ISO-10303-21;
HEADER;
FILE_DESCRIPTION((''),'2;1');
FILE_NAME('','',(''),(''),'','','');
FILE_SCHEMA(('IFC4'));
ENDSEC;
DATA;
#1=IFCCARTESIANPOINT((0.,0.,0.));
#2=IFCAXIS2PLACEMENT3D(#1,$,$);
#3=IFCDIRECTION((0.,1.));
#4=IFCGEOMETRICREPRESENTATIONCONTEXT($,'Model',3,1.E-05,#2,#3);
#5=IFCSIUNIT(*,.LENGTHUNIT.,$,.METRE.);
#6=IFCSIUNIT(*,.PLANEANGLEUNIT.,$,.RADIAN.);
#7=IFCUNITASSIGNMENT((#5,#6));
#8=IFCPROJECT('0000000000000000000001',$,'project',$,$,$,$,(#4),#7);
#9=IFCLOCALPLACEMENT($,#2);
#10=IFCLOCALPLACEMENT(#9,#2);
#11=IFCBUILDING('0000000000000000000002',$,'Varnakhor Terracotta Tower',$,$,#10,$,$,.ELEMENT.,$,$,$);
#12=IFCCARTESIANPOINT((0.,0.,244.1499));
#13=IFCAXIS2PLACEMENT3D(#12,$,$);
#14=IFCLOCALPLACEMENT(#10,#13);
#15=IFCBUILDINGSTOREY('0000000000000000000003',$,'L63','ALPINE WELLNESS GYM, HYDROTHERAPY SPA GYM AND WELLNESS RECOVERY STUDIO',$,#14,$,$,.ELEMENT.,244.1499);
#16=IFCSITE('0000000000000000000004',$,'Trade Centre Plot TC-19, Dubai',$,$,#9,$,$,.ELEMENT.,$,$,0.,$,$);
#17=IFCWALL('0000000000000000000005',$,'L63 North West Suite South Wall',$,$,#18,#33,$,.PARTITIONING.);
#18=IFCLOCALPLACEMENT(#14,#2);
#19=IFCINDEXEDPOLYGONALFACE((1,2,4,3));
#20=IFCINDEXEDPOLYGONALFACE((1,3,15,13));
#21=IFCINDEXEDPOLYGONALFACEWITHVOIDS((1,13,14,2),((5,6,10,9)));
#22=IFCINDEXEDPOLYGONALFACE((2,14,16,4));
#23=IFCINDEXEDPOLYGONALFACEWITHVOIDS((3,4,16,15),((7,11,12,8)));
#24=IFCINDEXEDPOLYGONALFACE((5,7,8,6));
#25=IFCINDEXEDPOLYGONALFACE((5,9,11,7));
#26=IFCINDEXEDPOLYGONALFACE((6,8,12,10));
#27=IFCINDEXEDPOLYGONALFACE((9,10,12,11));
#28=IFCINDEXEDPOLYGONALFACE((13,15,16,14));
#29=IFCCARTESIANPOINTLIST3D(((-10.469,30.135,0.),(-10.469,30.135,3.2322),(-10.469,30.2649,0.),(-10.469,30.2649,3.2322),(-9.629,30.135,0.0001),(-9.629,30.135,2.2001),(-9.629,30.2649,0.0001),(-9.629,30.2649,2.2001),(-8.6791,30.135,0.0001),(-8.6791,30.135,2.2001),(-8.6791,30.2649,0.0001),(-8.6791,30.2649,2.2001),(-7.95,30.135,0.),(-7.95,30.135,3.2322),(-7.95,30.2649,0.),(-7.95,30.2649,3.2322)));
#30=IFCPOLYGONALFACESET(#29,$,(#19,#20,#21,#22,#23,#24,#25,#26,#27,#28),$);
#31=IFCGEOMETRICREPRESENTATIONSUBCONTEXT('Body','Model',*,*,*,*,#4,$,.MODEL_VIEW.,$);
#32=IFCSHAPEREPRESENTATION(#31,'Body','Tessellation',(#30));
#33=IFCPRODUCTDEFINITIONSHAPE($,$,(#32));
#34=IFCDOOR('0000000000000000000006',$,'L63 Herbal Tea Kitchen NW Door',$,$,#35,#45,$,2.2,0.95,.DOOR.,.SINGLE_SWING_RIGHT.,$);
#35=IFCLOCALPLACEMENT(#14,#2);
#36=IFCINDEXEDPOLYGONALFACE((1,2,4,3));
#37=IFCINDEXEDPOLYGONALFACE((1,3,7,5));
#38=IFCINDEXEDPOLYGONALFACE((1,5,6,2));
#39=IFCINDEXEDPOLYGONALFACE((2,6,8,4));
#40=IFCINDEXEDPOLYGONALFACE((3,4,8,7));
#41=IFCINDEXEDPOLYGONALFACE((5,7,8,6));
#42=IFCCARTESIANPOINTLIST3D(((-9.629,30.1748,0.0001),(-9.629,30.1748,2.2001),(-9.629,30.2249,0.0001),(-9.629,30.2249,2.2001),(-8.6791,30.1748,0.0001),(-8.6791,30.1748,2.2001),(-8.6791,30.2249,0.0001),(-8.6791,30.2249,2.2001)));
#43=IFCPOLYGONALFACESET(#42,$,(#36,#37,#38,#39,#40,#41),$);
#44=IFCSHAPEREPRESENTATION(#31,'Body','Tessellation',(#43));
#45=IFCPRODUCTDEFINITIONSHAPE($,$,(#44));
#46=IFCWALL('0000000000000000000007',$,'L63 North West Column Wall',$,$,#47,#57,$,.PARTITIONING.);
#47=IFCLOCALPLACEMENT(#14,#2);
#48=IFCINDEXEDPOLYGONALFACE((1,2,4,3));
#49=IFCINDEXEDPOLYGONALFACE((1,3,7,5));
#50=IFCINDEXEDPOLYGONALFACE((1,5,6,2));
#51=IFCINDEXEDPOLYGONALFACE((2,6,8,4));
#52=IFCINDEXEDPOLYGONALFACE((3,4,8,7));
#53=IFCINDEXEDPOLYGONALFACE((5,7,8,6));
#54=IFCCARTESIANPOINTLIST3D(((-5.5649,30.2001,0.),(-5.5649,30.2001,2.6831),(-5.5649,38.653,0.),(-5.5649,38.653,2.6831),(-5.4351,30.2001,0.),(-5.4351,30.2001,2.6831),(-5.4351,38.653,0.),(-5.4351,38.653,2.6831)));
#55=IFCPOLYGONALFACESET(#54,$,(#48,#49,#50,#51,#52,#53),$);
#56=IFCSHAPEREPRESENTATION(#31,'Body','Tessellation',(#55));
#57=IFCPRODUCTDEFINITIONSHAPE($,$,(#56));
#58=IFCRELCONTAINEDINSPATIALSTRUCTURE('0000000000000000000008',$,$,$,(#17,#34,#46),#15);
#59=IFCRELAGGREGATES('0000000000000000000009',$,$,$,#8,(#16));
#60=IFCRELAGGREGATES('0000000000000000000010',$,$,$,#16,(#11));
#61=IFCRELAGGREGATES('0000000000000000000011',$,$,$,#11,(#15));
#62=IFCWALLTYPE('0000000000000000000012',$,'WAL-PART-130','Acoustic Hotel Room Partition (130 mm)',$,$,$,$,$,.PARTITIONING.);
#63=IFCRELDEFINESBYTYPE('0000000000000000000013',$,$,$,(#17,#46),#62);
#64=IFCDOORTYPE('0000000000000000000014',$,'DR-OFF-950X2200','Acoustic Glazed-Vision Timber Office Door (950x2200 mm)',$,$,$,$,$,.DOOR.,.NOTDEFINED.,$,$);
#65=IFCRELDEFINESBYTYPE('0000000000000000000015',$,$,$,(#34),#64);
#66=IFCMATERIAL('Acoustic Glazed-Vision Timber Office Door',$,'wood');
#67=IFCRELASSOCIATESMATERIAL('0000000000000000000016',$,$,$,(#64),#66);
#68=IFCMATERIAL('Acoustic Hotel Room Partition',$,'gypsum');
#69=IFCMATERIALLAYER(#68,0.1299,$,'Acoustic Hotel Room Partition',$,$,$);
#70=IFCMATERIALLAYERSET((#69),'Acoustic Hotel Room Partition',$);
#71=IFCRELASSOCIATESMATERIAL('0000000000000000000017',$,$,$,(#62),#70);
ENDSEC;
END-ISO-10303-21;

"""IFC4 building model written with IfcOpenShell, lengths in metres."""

from ifc_helpers import new_model, si_unit, direction, frame, frame_2d, origin, place, context, subcontext, project, spatial, rectangle, extrude, source, transform, mapped, material, layer, layer_set, type_object, type_shapes, element, fill, save


model = new_model("IFC4")

# Units and contexts
model_context = context("Model", 3, precision=1e-05, world=origin(), true_north=direction((0.0, 1.0)))
body_context = subcontext(model_context, "Body", "Model", "MODEL_VIEW")
ifc_project = project(units=[si_unit("LENGTHUNIT", "METRE"), si_unit("PLANEANGLEUNIT", "RADIAN")], contexts=[model_context])

# Site, building, storey
site_placement = place(None, origin())
site = spatial("IfcSite", under=ifc_project, at=site_placement, Name="Trade Centre Plot TC-19, Dubai", CompositionType="ELEMENT", RefElevation=0.0)
building_placement = place(site_placement, origin())
building = spatial("IfcBuilding", under=site, at=building_placement, Name="Varnakhor Terracotta Tower", CompositionType="ELEMENT")
storey_placement = place(building_placement, frame((0.0, 0.0, 244.1499)))
storey = spatial("IfcBuildingStorey", under=building, at=storey_placement, Name="L63", Description="ALPINE WELLNESS GYM, HYDROTHERAPY SPA GYM AND WELLNESS RECOVERY STUDIO", CompositionType="ELEMENT", Elevation=244.1499)

# Shared definitions
ifc_material_1 = material(Name="Acoustic Glazed-Vision Timber Office Door", Category="wood")
door_type_1 = type_object("IfcDoorType", Name="DR-OFF-950X2200", Description="Acoustic Glazed-Vision Timber Office Door (950x2200 mm)", OperationType="NOTDEFINED", PredefinedType="DOOR", material=ifc_material_1)
shared_shape_1 = source(origin(), body_context, "Body", "SweptSolid", [
    extrude(rectangle(XDim=0.95, YDim=2.2, at=frame_2d((0.4751, 1.1001))), frame((0.0, 0.0249, 0.0), z_axis=(0.0, -1.0, 0.0), x_axis=(1.0, 0.0, 0.0)), (0.0, 0.0, 1.0), 0.05),
])
type_shapes(door_type_1, [shared_shape_1])

# Wall, opening, door
ifc_material_2 = material(Name="Acoustic Hotel Room Partition", Category="gypsum")
ifc_layer_1 = layer(ifc_material_2, 0.1299, Name="Acoustic Hotel Room Partition")
ifc_layer_set_1 = layer_set([ifc_layer_1], Name="Acoustic Hotel Room Partition")
wall_type_1 = type_object("IfcWallType", Name="WAL-PART-130", Description="Acoustic Hotel Room Partition (130 mm)", PredefinedType="PARTITIONING", material=ifc_layer_set_1)
wall_1_placement = place(storey_placement, frame((-10.469, 30.2, 0.0), z_axis=(0.0, 0.0, 1.0), x_axis=(1.0, 0.0, 0.0)))
wall_1 = element("IfcWall", 1, at=wall_1_placement, inside=storey, type_object=wall_type_1, Name="L63 North West Suite South Wall", PredefinedType="PARTITIONING", context=body_context, shape_type="SweptSolid", body=[
    extrude(rectangle(XDim=2.519, YDim=0.1299, at=frame_2d((1.2595, 0.0))), origin(), (0.0, 0.0, 1.0), 3.2322),
])
opening_1_placement = place(wall_1_placement, frame((0.8398, 0.0, 0.0)))
opening_1 = element("IfcOpeningElement", 2, at=opening_1_placement, cuts=wall_1, PredefinedType="OPENING", context=body_context, shape_type="SweptSolid", body=[
    extrude(rectangle(XDim=0.95, YDim=2.2, at=frame_2d((0.4751, 1.1001))), frame((0.0, 0.075, 0.0), z_axis=(0.0, -1.0, 0.0), x_axis=(1.0, 0.0, 0.0)), (0.0, 0.0, 1.0), 0.1499),
])
door_1_placement = place(opening_1_placement, origin())
door_1 = element("IfcDoor", 3, at=door_1_placement, inside=storey, type_object=door_type_1, Name="L63 Herbal Tea Kitchen NW Door", OperationType="SINGLE_SWING_RIGHT", OverallHeight=2.2, OverallWidth=0.95, PredefinedType="DOOR", context=body_context, shape_type="MappedRepresentation", body=[
    mapped(shared_shape_1, transform((0.0, 0.0, 0.0), scale=1.0)),
])
fill(opening_1, door_1)

# Wall
wall_2_placement = place(storey_placement, frame((-5.5, 30.2, 0.0), z_axis=(0.0, 0.0, 1.0), x_axis=(0.0, 1.0, 0.0)))
element("IfcWall", 4, at=wall_2_placement, inside=storey, type_object=wall_type_1, Name="L63 North West Column Wall", PredefinedType="PARTITIONING", context=body_context, shape_type="SweptSolid", body=[
    extrude(rectangle(XDim=8.4529, YDim=0.1299, at=frame_2d((4.2266, 0.0))), origin(), (0.0, 0.0, 1.0), 2.6831),
])

save(model, "model.ifc")
